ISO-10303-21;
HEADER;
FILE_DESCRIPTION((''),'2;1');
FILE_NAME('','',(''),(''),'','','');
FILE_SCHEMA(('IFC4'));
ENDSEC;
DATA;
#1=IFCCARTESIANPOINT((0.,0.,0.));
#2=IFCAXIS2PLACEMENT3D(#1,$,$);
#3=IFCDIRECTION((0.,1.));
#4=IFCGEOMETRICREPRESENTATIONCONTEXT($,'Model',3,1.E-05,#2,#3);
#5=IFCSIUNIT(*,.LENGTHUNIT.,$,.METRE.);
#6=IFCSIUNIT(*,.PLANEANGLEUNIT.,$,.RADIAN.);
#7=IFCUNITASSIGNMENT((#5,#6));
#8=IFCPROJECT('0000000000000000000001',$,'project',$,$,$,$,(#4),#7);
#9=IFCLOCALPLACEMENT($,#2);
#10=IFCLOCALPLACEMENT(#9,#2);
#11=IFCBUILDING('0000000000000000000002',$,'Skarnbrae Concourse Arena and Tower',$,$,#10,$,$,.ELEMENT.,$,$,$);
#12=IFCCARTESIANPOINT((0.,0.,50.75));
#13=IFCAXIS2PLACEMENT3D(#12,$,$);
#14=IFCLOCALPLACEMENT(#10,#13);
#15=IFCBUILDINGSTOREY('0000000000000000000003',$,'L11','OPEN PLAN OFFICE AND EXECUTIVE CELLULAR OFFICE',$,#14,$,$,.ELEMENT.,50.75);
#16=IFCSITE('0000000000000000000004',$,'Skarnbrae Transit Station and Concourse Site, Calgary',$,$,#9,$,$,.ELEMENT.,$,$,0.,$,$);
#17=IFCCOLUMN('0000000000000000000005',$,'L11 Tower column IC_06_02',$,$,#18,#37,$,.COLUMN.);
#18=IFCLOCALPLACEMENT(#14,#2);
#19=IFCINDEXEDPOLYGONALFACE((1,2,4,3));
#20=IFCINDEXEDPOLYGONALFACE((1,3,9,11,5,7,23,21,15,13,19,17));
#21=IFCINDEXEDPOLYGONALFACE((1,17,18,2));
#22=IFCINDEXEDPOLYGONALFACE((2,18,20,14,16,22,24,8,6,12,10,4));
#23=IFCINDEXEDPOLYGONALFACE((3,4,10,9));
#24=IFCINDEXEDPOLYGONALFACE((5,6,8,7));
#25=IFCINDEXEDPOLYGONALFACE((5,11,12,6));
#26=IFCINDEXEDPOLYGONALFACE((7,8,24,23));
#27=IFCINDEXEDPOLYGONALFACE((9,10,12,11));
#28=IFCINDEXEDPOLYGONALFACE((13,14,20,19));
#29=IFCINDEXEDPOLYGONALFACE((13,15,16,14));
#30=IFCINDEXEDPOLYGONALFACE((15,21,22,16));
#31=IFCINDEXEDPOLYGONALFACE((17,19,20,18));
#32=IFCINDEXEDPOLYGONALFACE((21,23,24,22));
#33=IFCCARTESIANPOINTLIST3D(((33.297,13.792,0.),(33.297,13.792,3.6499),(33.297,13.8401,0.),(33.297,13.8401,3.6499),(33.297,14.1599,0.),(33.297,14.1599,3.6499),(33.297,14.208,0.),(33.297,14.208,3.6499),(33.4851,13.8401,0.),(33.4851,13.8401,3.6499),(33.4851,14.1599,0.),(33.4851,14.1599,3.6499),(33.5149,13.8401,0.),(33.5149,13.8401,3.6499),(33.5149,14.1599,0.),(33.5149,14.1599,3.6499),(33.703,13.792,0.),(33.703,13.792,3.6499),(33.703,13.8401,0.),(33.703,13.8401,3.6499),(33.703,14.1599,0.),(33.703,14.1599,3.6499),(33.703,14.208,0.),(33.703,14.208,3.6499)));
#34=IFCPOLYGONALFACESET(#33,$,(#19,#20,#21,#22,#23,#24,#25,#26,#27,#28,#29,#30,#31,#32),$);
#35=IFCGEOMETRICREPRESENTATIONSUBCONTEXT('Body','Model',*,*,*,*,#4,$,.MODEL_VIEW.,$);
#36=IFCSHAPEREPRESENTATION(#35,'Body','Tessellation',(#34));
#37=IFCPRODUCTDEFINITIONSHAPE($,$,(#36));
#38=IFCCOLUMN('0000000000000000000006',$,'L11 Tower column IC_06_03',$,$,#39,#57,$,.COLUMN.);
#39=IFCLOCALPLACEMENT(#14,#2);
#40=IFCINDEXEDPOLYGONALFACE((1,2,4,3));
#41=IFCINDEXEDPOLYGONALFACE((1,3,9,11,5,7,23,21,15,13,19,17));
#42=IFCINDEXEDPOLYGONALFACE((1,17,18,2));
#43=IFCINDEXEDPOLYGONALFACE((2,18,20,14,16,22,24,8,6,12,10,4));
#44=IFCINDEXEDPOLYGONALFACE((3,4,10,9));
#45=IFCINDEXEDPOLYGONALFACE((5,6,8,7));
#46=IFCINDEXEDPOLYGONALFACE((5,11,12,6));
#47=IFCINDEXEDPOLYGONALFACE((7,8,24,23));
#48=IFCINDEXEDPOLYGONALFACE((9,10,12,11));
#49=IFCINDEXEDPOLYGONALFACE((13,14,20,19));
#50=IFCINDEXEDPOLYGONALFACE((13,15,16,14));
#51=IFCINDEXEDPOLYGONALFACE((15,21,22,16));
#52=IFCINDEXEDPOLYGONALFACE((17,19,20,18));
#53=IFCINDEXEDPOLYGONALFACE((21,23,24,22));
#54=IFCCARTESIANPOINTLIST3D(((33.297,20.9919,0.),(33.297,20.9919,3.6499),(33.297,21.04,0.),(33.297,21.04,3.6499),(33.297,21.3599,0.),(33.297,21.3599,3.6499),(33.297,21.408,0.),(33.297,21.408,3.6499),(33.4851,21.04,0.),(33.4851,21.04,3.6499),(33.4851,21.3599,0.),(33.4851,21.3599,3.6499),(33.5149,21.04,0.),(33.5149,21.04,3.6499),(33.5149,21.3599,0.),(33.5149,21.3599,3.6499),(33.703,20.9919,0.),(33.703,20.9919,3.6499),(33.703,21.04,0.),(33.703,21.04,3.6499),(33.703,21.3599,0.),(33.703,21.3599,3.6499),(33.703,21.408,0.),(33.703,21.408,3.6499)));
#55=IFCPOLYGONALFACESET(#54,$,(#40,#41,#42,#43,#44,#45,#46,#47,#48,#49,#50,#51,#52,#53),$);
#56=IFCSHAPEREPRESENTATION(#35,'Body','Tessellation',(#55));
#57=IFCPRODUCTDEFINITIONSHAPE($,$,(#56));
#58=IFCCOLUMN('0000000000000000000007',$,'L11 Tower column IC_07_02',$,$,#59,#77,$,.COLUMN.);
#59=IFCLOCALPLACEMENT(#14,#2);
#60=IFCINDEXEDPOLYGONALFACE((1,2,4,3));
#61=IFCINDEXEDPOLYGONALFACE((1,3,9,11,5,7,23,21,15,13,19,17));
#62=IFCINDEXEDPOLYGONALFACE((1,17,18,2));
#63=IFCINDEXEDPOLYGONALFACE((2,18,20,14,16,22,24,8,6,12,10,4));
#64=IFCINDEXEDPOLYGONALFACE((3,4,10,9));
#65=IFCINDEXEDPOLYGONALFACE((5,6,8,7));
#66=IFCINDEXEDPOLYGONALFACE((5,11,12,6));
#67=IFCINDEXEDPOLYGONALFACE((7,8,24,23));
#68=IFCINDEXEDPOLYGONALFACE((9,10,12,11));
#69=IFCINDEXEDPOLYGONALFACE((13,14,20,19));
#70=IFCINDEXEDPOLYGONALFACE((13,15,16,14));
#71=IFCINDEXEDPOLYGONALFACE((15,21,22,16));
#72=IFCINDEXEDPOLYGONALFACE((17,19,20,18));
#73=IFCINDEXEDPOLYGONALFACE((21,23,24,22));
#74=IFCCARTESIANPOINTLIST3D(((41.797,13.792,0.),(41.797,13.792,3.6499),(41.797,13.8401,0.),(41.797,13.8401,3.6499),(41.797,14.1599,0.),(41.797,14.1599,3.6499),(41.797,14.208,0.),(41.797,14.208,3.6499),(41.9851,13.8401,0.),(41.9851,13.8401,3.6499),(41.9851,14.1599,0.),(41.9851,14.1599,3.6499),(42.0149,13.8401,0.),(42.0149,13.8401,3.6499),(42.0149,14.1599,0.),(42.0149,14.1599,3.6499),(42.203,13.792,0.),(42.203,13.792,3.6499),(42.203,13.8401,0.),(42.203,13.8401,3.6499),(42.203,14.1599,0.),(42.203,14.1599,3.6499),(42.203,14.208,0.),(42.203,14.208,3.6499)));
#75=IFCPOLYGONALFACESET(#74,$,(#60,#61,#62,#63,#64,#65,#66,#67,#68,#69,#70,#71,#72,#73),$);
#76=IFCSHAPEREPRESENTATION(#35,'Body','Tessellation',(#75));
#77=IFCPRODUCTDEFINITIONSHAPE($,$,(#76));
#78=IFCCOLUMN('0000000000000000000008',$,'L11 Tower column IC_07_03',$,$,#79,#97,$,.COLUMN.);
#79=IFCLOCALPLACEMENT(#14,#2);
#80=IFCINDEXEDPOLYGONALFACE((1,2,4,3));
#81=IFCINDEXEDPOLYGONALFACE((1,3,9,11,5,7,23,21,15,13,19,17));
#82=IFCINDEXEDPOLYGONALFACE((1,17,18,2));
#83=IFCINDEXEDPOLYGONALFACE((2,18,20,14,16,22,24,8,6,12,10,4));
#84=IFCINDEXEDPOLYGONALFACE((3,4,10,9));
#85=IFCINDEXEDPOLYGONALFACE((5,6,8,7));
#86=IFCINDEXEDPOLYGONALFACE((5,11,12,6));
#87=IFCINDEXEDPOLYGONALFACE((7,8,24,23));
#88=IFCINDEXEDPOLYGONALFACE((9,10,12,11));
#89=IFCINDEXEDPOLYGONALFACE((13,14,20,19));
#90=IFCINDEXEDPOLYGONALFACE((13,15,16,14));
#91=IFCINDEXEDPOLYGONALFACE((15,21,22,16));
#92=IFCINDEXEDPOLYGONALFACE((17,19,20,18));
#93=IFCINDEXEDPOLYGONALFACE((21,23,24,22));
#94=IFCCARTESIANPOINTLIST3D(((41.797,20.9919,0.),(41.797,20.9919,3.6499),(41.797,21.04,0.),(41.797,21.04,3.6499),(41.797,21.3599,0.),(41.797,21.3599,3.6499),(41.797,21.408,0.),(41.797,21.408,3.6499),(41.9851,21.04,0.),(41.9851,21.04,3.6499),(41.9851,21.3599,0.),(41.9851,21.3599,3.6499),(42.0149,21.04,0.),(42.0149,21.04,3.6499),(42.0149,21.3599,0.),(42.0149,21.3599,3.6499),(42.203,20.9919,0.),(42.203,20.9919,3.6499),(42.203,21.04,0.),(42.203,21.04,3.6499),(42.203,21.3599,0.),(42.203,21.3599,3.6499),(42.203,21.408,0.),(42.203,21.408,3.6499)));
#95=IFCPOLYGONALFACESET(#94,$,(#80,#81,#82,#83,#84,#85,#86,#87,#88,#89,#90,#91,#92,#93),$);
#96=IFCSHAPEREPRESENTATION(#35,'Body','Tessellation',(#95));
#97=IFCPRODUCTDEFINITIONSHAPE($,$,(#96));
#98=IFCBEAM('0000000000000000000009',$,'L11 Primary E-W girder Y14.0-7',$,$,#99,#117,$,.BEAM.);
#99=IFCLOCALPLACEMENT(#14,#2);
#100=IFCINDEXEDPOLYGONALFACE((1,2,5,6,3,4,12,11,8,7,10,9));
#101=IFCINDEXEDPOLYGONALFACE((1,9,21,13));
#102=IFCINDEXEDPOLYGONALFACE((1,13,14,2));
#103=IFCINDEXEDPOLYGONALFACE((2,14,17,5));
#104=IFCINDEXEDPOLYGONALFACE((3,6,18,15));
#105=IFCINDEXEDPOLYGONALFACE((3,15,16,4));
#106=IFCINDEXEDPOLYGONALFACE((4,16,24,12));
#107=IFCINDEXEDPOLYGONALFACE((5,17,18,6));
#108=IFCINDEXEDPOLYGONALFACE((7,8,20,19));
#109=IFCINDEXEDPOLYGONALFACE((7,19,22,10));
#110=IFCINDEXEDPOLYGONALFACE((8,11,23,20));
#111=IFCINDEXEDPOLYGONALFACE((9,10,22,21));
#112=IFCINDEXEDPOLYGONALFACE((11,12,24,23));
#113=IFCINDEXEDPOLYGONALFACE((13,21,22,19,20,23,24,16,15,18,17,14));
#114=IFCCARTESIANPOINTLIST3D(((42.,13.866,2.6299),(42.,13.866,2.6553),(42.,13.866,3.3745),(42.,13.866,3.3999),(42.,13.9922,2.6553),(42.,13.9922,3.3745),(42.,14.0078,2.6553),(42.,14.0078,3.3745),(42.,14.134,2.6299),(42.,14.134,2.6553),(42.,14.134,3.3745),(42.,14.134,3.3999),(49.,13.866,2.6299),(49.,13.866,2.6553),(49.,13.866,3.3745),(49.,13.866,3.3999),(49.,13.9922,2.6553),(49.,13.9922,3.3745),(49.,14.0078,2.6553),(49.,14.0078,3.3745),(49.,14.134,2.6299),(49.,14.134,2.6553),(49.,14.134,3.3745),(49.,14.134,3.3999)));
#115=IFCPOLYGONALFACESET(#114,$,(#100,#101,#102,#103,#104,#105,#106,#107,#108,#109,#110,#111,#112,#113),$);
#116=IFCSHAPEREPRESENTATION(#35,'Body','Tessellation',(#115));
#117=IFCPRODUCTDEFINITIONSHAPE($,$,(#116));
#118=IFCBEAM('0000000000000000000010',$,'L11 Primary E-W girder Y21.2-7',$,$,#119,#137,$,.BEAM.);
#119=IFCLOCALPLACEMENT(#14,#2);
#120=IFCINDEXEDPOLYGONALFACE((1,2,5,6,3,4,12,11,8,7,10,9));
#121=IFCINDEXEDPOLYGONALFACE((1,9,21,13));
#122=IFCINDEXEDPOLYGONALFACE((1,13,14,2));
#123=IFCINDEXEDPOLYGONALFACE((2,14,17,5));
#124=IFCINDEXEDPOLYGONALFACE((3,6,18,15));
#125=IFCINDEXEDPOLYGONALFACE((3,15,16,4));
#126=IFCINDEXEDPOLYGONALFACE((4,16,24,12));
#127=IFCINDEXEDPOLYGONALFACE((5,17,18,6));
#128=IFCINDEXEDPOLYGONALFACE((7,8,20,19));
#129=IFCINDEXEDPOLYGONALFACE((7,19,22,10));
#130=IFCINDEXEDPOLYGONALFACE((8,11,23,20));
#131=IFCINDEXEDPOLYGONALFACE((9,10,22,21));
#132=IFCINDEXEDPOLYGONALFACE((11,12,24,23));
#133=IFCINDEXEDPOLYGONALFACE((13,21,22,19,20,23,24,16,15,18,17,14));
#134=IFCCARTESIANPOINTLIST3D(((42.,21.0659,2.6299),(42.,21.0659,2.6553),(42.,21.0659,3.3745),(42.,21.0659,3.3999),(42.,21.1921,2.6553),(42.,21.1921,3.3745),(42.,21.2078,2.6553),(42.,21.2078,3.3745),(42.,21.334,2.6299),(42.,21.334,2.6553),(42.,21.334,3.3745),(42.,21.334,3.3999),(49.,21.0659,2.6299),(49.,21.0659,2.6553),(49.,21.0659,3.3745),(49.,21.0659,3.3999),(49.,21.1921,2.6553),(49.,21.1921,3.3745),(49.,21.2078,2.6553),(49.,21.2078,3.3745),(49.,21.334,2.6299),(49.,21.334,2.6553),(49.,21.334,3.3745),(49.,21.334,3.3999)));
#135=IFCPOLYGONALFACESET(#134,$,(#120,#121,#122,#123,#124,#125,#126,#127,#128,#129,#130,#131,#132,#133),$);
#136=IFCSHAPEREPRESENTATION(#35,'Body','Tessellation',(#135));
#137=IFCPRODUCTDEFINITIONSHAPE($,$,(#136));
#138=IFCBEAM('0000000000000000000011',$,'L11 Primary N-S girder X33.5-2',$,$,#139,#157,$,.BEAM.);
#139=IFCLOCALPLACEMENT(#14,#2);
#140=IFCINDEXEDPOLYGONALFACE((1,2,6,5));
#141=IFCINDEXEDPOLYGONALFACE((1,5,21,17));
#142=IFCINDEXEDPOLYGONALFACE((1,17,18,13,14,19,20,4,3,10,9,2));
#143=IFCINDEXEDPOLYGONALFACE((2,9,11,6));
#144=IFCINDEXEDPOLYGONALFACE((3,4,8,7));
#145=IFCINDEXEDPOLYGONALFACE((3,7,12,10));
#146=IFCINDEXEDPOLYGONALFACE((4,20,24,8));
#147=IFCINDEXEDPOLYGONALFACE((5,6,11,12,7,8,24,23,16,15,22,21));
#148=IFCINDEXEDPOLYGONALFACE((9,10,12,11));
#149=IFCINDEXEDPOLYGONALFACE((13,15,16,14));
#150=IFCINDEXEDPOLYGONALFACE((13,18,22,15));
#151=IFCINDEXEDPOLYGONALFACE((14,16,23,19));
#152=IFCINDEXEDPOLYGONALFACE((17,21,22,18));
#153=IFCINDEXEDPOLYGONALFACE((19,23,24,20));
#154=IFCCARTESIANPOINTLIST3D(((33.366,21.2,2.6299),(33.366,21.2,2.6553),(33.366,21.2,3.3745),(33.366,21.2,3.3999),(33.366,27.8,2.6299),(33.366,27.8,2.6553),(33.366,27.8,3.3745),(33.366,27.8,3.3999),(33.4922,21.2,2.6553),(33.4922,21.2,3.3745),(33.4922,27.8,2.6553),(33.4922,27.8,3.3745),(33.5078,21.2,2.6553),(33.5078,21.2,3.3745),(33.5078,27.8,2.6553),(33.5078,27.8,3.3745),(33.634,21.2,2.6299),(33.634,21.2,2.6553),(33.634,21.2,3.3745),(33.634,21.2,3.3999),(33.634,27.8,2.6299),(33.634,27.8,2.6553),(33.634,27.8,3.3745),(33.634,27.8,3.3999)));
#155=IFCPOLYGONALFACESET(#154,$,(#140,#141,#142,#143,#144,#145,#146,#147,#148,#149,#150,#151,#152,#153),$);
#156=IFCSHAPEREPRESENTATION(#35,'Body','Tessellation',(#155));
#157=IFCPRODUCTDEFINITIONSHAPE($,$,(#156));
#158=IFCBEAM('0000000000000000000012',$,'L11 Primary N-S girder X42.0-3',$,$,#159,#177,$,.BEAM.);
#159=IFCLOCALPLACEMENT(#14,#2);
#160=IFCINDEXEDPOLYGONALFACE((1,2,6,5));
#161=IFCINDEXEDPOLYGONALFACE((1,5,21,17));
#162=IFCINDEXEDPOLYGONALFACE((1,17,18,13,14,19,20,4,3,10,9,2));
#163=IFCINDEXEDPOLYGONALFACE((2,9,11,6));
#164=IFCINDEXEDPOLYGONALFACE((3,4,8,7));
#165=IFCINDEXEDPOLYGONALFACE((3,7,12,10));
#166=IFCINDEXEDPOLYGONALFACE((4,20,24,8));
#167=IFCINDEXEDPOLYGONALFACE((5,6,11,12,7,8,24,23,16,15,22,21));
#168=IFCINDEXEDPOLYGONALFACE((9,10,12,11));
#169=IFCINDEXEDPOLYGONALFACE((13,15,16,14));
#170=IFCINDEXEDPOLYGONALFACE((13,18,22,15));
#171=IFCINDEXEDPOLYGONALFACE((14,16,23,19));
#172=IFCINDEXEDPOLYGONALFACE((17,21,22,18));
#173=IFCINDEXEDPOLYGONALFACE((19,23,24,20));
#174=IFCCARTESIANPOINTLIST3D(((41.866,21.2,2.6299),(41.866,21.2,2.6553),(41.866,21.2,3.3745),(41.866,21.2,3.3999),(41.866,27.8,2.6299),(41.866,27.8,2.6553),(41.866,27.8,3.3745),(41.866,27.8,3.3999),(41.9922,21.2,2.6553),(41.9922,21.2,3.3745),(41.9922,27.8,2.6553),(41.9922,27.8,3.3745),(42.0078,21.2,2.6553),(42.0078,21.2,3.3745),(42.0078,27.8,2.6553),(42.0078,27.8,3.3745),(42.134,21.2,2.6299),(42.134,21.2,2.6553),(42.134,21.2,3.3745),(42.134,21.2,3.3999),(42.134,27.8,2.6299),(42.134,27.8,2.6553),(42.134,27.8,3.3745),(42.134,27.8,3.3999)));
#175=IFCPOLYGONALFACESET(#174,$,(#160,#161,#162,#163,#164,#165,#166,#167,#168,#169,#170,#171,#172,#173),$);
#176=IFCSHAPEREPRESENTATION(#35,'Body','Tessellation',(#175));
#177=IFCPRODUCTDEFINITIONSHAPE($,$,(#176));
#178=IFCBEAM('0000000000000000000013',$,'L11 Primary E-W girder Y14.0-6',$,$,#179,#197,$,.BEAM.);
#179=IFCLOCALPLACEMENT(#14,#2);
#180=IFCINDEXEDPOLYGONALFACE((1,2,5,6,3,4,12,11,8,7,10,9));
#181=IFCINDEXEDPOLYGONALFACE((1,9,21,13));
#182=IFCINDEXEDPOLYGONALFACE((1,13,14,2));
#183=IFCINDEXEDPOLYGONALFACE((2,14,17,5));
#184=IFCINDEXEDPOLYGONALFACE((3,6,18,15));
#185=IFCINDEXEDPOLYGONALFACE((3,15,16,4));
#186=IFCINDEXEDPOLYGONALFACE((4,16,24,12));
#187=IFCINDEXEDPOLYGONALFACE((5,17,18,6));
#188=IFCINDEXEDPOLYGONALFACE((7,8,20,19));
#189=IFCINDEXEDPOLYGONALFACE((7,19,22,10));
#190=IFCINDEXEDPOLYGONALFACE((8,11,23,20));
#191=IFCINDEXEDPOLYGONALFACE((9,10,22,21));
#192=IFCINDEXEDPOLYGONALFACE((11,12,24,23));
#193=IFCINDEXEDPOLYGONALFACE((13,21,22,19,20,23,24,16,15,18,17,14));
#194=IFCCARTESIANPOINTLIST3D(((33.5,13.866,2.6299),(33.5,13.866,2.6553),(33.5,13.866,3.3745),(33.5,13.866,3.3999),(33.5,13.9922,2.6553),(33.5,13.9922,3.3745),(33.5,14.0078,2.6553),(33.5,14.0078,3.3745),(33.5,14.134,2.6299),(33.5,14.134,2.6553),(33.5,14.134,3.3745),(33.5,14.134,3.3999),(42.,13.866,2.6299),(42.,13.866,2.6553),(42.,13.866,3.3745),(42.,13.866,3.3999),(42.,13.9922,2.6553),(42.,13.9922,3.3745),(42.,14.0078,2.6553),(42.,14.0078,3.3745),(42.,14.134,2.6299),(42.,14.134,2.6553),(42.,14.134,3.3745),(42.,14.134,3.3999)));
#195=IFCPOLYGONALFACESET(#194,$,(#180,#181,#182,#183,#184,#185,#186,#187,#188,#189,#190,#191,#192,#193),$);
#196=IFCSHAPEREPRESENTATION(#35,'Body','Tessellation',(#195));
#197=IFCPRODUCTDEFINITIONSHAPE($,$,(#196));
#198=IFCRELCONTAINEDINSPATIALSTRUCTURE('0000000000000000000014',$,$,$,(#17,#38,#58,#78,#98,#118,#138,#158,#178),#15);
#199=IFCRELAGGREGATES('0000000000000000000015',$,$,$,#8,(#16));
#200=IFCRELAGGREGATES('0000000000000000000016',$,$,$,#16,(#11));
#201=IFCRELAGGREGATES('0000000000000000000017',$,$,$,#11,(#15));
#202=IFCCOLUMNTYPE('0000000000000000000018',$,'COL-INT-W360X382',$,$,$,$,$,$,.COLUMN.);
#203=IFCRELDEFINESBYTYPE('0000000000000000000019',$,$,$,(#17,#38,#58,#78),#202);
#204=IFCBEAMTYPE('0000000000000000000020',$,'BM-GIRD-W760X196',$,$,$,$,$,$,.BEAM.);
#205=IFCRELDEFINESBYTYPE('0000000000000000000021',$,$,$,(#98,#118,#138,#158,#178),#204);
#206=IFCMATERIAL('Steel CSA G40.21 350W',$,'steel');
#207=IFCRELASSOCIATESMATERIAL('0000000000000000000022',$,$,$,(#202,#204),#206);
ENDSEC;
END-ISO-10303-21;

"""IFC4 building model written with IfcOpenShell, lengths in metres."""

from ifc_helpers import new_model, si_unit, direction, frame, origin, origin_2d, place, context, subcontext, project, spatial, i_section, extrude, source, transform, mapped, material, material_profile, profile_set, type_object, element, save


model = new_model("IFC4")

# Units and contexts
model_context = context("Model", 3, precision=1e-05, world=origin(), true_north=direction((0.0, 1.0)))
body_context = subcontext(model_context, "Body", "Model", "MODEL_VIEW")
ifc_project = project(units=[si_unit("LENGTHUNIT", "METRE"), si_unit("PLANEANGLEUNIT", "RADIAN")], contexts=[model_context])

# Site, building, storey
site_placement = place(None, origin())
site = spatial("IfcSite", under=ifc_project, at=site_placement, Name="Skarnbrae Transit Station and Concourse Site, Calgary", CompositionType="ELEMENT", RefElevation=0.0)
building_placement = place(site_placement, origin())
building = spatial("IfcBuilding", under=site, at=building_placement, Name="Skarnbrae Concourse Arena and Tower", CompositionType="ELEMENT")
storey_placement = place(building_placement, frame((0.0, 0.0, 50.75)))
storey = spatial("IfcBuildingStorey", under=building, at=storey_placement, Name="L11", Description="OPEN PLAN OFFICE AND EXECUTIVE CELLULAR OFFICE", CompositionType="ELEMENT", Elevation=50.75)

# Columns
ifc_material_1 = material(Name="Steel CSA G40.21 350W", Category="steel")
ifc_material_profile_1 = material_profile(ifc_material_1, i_section(OverallWidth=0.406, OverallDepth=0.416, WebThickness=0.0298, FlangeThickness=0.0481, at=origin_2d()), Name="W360X382")
ifc_profile_set_1 = profile_set([ifc_material_profile_1], Name="Steel CSA G40.21 350W")
column_type = type_object("IfcColumnType", Name="COL-INT-W360X382", PredefinedType="COLUMN", material=ifc_profile_set_1)
shared_shape_1 = source(origin(), body_context, "Body", "SweptSolid", [
    extrude(i_section(OverallWidth=0.406, OverallDepth=0.416, WebThickness=0.0298, FlangeThickness=0.0481, at=origin_2d()), origin(), (0.0, 0.0, 1.0), 3.6499),
])
for number, where, z_axis, x_axis, name in (
    (1, (33.5, 14.0, 0.0), (0.0, 0.0, 1.0), (1.0, 0.0, 0.0), "L11 Tower column IC_06_02"),
    (2, (33.5, 21.2, 0.0), (0.0, 0.0, 1.0), (1.0, 0.0, 0.0), "L11 Tower column IC_06_03"),
    (3, (42.0, 14.0, 0.0), (0.0, 0.0, 1.0), (1.0, 0.0, 0.0), "L11 Tower column IC_07_02"),
    (4, (42.0, 21.2, 0.0), (0.0, 0.0, 1.0), (1.0, 0.0, 0.0), "L11 Tower column IC_07_03"),
):
    element("IfcColumn", number, at=place(storey_placement, frame(where, z_axis=z_axis, x_axis=x_axis)), inside=storey, type_object=column_type, Name=name, PredefinedType="COLUMN", context=body_context, shape_type="MappedRepresentation", body=[
        mapped(shared_shape_1, transform((0.0, 0.0, 0.0))),
    ])

# Beams
ifc_material_profile_2 = material_profile(ifc_material_1, i_section(OverallWidth=0.2681, OverallDepth=0.77, WebThickness=0.0156, FlangeThickness=0.0254, at=origin_2d()), Name="W760X196")
ifc_profile_set_2 = profile_set([ifc_material_profile_2], Name="Steel CSA G40.21 350W")
beam_type_1 = type_object("IfcBeamType", Name="BM-GIRD-W760X196", PredefinedType="BEAM", material=ifc_profile_set_2)
shared_shape_2 = source(origin(), body_context, "Body", "SweptSolid", [
    extrude(i_section(OverallWidth=0.2681, OverallDepth=0.77, WebThickness=0.0156, FlangeThickness=0.0254, at=origin_2d()), origin(), (0.0, 0.0, 1.0), 7.0),
])
for number, where, z_axis, x_axis, name in (
    (5, (42.0, 14.0, 3.0149), (1.0, 0.0, 0.0), (0.0, 1.0, 0.0), "L11 Primary E-W girder Y14.0-7"),
    (6, (42.0, 21.2, 3.0149), (1.0, 0.0, 0.0), (0.0, 1.0, 0.0), "L11 Primary E-W girder Y21.2-7"),
):
    element("IfcBeam", number, at=place(storey_placement, frame(where, z_axis=z_axis, x_axis=x_axis)), inside=storey, type_object=beam_type_1, Name=name, PredefinedType="BEAM", context=body_context, shape_type="MappedRepresentation", body=[
        mapped(shared_shape_2, transform((0.0, 0.0, 0.0))),
    ])
shared_shape_3 = source(origin(), body_context, "Body", "SweptSolid", [
    extrude(i_section(OverallWidth=0.2681, OverallDepth=0.77, WebThickness=0.0156, FlangeThickness=0.0254, at=origin_2d()), origin(), (0.0, 0.0, 1.0), 6.6001),
])
for number, where, z_axis, x_axis, name in (
    (7, (33.5, 21.2, 3.0149), (0.0, 1.0, 0.0), (-1.0, 0.0, 0.0), "L11 Primary N-S girder X33.5-2"),
    (8, (42.0, 21.2, 3.0149), (0.0, 1.0, 0.0), (-1.0, 0.0, 0.0), "L11 Primary N-S girder X42.0-3"),
):
    element("IfcBeam", number, at=place(storey_placement, frame(where, z_axis=z_axis, x_axis=x_axis)), inside=storey, type_object=beam_type_1, Name=name, PredefinedType="BEAM", context=body_context, shape_type="MappedRepresentation", body=[
        mapped(shared_shape_3, transform((0.0, 0.0, 0.0))),
    ])
shared_shape_4 = source(origin(), body_context, "Body", "SweptSolid", [
    extrude(i_section(OverallWidth=0.2681, OverallDepth=0.77, WebThickness=0.0156, FlangeThickness=0.0254, at=origin_2d()), origin(), (0.0, 0.0, 1.0), 8.5),
])
for number, where, z_axis, x_axis, name in (
    (9, (33.5, 14.0, 3.0149), (1.0, 0.0, 0.0), (0.0, 1.0, 0.0), "L11 Primary E-W girder Y14.0-6"),
):
    element("IfcBeam", number, at=place(storey_placement, frame(where, z_axis=z_axis, x_axis=x_axis)), inside=storey, type_object=beam_type_1, Name=name, PredefinedType="BEAM", context=body_context, shape_type="MappedRepresentation", body=[
        mapped(shared_shape_4, transform((0.0, 0.0, 0.0))),
    ])

save(model, "model.ifc")
